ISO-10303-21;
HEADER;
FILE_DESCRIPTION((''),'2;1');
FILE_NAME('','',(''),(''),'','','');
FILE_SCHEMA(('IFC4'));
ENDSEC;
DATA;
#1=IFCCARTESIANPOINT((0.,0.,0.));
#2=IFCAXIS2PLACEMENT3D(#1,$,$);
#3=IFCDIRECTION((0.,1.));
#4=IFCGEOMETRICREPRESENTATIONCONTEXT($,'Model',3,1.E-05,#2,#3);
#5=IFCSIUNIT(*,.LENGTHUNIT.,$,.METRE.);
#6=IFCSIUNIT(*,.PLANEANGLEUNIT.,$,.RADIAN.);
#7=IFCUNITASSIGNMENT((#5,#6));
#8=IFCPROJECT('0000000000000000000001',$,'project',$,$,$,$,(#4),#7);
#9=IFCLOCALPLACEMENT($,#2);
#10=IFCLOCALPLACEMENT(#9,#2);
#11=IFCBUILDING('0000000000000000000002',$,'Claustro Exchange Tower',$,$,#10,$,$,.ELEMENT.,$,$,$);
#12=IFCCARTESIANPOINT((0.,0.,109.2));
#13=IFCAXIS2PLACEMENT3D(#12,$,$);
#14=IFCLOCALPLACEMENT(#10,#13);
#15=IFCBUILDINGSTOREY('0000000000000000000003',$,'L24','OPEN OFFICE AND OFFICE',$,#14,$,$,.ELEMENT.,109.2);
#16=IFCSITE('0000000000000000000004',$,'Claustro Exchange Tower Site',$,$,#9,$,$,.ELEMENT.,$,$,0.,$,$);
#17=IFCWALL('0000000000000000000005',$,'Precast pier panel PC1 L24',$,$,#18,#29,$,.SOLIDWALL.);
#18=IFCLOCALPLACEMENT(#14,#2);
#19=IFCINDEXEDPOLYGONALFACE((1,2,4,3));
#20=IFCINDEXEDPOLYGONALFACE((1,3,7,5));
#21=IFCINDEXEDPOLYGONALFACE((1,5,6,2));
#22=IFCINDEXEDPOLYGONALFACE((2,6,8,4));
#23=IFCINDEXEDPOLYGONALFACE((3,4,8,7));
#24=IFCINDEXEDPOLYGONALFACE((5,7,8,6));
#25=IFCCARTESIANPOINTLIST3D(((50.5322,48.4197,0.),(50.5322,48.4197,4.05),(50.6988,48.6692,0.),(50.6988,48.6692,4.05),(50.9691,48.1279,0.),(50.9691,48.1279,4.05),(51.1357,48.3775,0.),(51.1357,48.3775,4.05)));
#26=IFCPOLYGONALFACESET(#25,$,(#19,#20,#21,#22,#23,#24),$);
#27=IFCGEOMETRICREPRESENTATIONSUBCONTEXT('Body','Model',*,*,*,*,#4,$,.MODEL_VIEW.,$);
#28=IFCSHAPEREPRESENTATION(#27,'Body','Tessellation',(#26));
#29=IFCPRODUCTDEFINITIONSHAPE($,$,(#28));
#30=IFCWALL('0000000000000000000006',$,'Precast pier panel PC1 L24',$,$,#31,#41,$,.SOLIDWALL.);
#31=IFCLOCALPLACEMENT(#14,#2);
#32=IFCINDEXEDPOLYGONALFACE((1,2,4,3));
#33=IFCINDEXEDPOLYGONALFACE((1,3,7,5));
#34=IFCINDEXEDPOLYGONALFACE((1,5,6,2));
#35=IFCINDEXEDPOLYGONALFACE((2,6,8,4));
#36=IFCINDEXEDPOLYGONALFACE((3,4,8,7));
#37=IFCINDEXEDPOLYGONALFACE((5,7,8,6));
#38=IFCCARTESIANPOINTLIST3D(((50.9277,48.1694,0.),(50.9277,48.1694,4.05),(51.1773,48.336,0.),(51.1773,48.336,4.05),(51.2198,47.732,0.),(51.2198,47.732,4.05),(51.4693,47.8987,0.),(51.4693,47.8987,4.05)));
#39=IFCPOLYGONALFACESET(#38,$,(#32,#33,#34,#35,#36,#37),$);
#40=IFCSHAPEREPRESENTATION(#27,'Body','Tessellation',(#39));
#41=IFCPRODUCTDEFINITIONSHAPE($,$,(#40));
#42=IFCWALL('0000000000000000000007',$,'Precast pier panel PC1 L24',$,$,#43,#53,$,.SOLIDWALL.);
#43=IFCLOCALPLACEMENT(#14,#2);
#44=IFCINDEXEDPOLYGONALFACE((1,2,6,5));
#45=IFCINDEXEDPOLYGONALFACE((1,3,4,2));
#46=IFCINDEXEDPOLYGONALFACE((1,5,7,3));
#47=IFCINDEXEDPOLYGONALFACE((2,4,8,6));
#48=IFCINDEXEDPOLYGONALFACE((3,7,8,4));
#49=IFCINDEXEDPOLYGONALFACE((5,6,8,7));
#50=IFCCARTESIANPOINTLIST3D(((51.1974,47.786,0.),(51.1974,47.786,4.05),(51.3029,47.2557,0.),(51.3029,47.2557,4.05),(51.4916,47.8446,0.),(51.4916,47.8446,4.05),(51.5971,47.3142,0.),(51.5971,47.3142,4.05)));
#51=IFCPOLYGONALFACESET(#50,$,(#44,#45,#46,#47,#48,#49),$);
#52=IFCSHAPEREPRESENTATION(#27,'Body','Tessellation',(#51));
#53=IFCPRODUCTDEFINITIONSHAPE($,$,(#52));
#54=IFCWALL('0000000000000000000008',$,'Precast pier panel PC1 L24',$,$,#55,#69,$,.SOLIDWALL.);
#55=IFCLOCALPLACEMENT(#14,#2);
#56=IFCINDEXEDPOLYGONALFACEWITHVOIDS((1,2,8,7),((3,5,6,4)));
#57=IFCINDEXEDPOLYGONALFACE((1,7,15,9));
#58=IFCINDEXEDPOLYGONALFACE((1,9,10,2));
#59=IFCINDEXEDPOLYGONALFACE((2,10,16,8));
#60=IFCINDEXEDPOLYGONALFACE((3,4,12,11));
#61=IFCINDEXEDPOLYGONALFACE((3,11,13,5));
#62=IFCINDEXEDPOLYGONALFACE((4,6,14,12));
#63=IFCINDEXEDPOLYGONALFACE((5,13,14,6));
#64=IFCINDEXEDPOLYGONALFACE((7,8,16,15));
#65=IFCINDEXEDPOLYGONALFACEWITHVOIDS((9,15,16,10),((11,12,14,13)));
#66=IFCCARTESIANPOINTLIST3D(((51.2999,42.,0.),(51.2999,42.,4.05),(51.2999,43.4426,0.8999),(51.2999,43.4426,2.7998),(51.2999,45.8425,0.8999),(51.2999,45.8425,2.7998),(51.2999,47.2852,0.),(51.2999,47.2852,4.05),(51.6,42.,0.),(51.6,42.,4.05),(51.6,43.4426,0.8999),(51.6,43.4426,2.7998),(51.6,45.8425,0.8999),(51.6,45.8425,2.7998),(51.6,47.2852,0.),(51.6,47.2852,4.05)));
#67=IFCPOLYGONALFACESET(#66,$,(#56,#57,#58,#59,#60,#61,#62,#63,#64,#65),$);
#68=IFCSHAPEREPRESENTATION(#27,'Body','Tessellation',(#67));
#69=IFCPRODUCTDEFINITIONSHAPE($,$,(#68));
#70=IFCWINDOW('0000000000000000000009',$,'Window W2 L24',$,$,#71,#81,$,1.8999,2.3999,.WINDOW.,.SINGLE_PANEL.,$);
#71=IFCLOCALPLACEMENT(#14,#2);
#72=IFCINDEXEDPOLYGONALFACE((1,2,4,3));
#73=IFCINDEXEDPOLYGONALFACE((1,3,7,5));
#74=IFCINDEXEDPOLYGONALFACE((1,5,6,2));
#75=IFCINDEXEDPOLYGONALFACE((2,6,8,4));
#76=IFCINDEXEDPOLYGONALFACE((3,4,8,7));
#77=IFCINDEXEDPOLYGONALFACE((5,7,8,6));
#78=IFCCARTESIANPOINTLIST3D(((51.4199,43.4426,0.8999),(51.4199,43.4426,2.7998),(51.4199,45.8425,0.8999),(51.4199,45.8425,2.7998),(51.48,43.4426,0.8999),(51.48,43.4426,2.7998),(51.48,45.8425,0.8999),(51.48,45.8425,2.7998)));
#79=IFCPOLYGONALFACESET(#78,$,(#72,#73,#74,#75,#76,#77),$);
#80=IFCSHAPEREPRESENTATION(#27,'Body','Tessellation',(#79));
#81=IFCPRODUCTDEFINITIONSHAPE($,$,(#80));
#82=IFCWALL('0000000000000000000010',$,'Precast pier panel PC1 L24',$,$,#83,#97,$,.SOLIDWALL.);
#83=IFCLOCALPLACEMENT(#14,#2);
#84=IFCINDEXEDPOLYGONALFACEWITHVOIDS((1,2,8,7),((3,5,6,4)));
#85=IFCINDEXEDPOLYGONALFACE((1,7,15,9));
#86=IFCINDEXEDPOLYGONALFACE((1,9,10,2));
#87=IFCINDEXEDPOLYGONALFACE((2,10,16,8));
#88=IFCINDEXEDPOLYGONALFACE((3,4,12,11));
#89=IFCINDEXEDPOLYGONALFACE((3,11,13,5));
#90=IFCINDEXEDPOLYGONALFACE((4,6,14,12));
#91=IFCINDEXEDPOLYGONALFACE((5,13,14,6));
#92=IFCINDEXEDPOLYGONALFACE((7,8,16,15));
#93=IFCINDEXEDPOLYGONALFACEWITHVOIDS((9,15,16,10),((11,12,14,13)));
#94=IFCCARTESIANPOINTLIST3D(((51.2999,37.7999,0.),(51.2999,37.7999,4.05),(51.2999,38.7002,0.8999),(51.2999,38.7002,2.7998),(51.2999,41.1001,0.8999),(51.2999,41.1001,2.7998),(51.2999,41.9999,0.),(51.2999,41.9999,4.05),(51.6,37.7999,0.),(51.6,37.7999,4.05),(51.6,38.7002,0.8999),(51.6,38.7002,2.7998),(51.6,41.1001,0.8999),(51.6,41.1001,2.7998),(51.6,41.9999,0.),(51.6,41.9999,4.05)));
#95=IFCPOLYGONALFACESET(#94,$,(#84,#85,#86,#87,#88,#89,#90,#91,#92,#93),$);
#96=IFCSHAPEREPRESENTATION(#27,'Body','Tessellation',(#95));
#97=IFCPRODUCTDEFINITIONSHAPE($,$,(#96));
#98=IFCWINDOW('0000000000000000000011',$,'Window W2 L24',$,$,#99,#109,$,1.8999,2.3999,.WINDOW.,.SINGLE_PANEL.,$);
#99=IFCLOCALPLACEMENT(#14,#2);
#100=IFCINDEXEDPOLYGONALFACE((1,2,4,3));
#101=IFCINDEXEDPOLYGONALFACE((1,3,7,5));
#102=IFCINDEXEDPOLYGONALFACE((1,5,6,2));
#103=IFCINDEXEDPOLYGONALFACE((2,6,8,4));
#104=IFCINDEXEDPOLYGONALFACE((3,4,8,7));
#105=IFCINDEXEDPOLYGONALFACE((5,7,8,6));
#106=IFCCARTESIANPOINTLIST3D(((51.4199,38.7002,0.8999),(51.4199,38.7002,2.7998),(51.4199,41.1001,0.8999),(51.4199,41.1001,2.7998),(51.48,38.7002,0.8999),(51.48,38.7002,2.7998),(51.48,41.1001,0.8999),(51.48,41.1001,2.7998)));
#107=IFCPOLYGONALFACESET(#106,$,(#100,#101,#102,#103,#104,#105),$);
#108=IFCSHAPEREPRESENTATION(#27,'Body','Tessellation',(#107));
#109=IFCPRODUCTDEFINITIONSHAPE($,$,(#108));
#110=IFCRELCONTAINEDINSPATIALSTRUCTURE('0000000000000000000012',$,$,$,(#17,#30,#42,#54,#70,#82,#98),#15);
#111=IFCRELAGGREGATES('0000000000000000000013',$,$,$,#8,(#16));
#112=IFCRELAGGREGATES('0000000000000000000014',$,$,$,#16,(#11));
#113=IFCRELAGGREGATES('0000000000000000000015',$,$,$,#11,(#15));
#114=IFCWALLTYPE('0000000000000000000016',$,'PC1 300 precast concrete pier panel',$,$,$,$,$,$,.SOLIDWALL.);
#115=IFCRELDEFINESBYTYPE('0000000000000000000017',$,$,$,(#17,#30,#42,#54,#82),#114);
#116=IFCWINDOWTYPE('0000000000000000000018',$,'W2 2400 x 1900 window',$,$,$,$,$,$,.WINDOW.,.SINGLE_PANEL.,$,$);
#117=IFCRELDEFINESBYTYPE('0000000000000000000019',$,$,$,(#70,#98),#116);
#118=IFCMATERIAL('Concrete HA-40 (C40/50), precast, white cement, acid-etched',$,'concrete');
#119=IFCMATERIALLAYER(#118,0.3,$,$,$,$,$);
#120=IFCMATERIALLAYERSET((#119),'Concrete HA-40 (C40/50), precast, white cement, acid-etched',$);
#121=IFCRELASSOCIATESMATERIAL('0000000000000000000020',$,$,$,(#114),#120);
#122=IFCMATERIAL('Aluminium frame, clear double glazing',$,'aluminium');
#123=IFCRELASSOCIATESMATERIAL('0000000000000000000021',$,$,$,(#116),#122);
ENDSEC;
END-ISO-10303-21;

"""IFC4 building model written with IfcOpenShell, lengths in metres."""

from ifc_helpers import new_model, si_unit, direction, frame, frame_2d, origin, place, context, subcontext, project, spatial, rectangle, extrude, material, layer, layer_set, type_object, element, fill, save


model = new_model("IFC4")

# Units and contexts
model_context = context("Model", 3, precision=1e-05, world=origin(), true_north=direction((0.0, 1.0)))
body_context = subcontext(model_context, "Body", "Model", "MODEL_VIEW")
ifc_project = project(units=[si_unit("LENGTHUNIT", "METRE"), si_unit("PLANEANGLEUNIT", "RADIAN")], contexts=[model_context])

# Site, building, storey
site_placement = place(None, origin())
site = spatial("IfcSite", under=ifc_project, at=site_placement, Name="Claustro Exchange Tower Site", CompositionType="ELEMENT", RefElevation=0.0)
building_placement = place(site_placement, origin())
building = spatial("IfcBuilding", under=site, at=building_placement, Name="Claustro Exchange Tower", CompositionType="ELEMENT")
storey_placement = place(building_placement, frame((0.0, 0.0, 109.2)))
storey = spatial("IfcBuildingStorey", under=building, at=storey_placement, Name="L24", Description="OPEN OFFICE AND OFFICE", CompositionType="ELEMENT", Elevation=109.2)

# Shared definitions
ifc_material_1 = material(Name="Concrete HA-40 (C40/50), precast, white cement, acid-etched", Category="concrete")
ifc_layer_1 = layer(ifc_material_1, 0.3)
ifc_layer_set_1 = layer_set([ifc_layer_1], Name="Concrete HA-40 (C40/50), precast, white cement, acid-etched")
wall_type_1 = type_object("IfcWallType", Name="PC1 300 precast concrete pier panel", PredefinedType="SOLIDWALL", material=ifc_layer_set_1)

# Walls
wall_1_placement = place(storey_placement, frame((50.6155, 48.5444, 0.0), z_axis=(0.0, 0.0, 1.0), x_axis=(0.831693, -0.555236, 0.0)))
element("IfcWall", 1, at=wall_1_placement, inside=storey, type_object=wall_type_1, Name="Precast pier panel PC1 L24", PredefinedType="SOLIDWALL", context=body_context, shape_type="SweptSolid", body=[
    extrude(rectangle(XDim=0.5254, YDim=0.3, at=frame_2d((0.2627, 0.0))), origin(), (0.0, 0.0, 1.0), 4.05),
])
wall_2_placement = place(storey_placement, frame((51.0525, 48.2527, 0.0), z_axis=(0.0, 0.0, 1.0), x_axis=(0.555343, -0.831621, 0.0)))
element("IfcWall", 2, at=wall_2_placement, inside=storey, type_object=wall_type_1, Name="Precast pier panel PC1 L24", PredefinedType="SOLIDWALL", context=body_context, shape_type="SweptSolid", body=[
    extrude(rectangle(XDim=0.5259, YDim=0.3, at=frame_2d((0.2629, 0.0))), origin(), (0.0, 0.0, 1.0), 4.05),
])
wall_3_placement = place(storey_placement, frame((51.3445, 47.8154, 0.0), z_axis=(0.0, 0.0, 1.0), x_axis=(0.195074, -0.980789, 0.0)))
element("IfcWall", 3, at=wall_3_placement, inside=storey, type_object=wall_type_1, Name="Precast pier panel PC1 L24", PredefinedType="SOLIDWALL", context=body_context, shape_type="SweptSolid", body=[
    extrude(rectangle(XDim=0.5408, YDim=0.3, at=frame_2d((0.2705, 0.0))), origin(), (0.0, 0.0, 1.0), 4.05),
])

# Walls, openings, windows
wall_4_placement = place(storey_placement, frame((51.45, 47.2852, 0.0), z_axis=(0.0, 0.0, 1.0), x_axis=(0.0, -1.0, 0.0)))
wall_4 = element("IfcWall", 4, at=wall_4_placement, inside=storey, type_object=wall_type_1, Name="Precast pier panel PC1 L24", PredefinedType="SOLIDWALL", context=body_context, shape_type="SweptSolid", body=[
    extrude(rectangle(XDim=5.2852, YDim=0.3, at=frame_2d((2.6426, 0.0))), origin(), (0.0, 0.0, 1.0), 4.05),
])
opening_1_placement = place(wall_4_placement, frame((1.4426, 0.0, 0.8999)))
opening_1 = element("IfcOpeningElement", 5, at=opening_1_placement, cuts=wall_4, PredefinedType="OPENING", context=body_context, shape_type="SweptSolid", body=[
    extrude(rectangle(XDim=2.3999, YDim=1.8999, at=frame_2d((1.2, 0.95))), frame((0.0, 0.1599, 0.0), z_axis=(0.0, -1.0, 0.0), x_axis=(1.0, 0.0, 0.0)), (0.0, 0.0, 1.0), 0.3201),
])
ifc_material_2 = material(Name="Aluminium frame, clear double glazing", Category="aluminium")
window_type_1 = type_object("IfcWindowType", Name="W2 2400 x 1900 window", PartitioningType="SINGLE_PANEL", PredefinedType="WINDOW", material=ifc_material_2)
window_1_placement = place(opening_1_placement, origin())
window_1 = element("IfcWindow", 6, at=window_1_placement, inside=storey, type_object=window_type_1, Name="Window W2 L24", OverallHeight=1.8999, OverallWidth=2.3999, PartitioningType="SINGLE_PANEL", PredefinedType="WINDOW", context=body_context, shape_type="SweptSolid", body=[
    extrude(rectangle(XDim=2.3999, YDim=1.8999, at=frame_2d((1.2, 0.95))), frame((0.0, 0.03, 0.0), z_axis=(0.0, -1.0, 0.0), x_axis=(1.0, 0.0, 0.0)), (0.0, 0.0, 1.0), 0.0601),
])
fill(opening_1, window_1)
wall_5_placement = place(storey_placement, frame((51.45, 42.0, 0.0), z_axis=(0.0, 0.0, 1.0), x_axis=(0.0, -1.0, 0.0)))
wall_5 = element("IfcWall", 7, at=wall_5_placement, inside=storey, type_object=wall_type_1, Name="Precast pier panel PC1 L24", PredefinedType="SOLIDWALL", context=body_context, shape_type="SweptSolid", body=[
    extrude(rectangle(XDim=4.2, YDim=0.3, at=frame_2d((2.1001, 0.0))), origin(), (0.0, 0.0, 1.0), 4.05),
])
opening_2_placement = place(wall_5_placement, frame((0.8999, 0.0, 0.8999)))
opening_2 = element("IfcOpeningElement", 8, at=opening_2_placement, cuts=wall_5, PredefinedType="OPENING", context=body_context, shape_type="SweptSolid", body=[
    extrude(rectangle(XDim=2.3999, YDim=1.8999, at=frame_2d((1.2, 0.95))), frame((0.0, 0.1599, 0.0), z_axis=(0.0, -1.0, 0.0), x_axis=(1.0, 0.0, 0.0)), (0.0, 0.0, 1.0), 0.3201),
])
window_2_placement = place(opening_2_placement, origin())
window_2 = element("IfcWindow", 9, at=window_2_placement, inside=storey, type_object=window_type_1, Name="Window W2 L24", OverallHeight=1.8999, OverallWidth=2.3999, PartitioningType="SINGLE_PANEL", PredefinedType="WINDOW", context=body_context, shape_type="SweptSolid", body=[
    extrude(rectangle(XDim=2.3999, YDim=1.8999, at=frame_2d((1.2, 0.95))), frame((0.0, 0.03, 0.0), z_axis=(0.0, -1.0, 0.0), x_axis=(1.0, 0.0, 0.0)), (0.0, 0.0, 1.0), 0.0601),
])
fill(opening_2, window_2)

save(model, "model.ifc")
